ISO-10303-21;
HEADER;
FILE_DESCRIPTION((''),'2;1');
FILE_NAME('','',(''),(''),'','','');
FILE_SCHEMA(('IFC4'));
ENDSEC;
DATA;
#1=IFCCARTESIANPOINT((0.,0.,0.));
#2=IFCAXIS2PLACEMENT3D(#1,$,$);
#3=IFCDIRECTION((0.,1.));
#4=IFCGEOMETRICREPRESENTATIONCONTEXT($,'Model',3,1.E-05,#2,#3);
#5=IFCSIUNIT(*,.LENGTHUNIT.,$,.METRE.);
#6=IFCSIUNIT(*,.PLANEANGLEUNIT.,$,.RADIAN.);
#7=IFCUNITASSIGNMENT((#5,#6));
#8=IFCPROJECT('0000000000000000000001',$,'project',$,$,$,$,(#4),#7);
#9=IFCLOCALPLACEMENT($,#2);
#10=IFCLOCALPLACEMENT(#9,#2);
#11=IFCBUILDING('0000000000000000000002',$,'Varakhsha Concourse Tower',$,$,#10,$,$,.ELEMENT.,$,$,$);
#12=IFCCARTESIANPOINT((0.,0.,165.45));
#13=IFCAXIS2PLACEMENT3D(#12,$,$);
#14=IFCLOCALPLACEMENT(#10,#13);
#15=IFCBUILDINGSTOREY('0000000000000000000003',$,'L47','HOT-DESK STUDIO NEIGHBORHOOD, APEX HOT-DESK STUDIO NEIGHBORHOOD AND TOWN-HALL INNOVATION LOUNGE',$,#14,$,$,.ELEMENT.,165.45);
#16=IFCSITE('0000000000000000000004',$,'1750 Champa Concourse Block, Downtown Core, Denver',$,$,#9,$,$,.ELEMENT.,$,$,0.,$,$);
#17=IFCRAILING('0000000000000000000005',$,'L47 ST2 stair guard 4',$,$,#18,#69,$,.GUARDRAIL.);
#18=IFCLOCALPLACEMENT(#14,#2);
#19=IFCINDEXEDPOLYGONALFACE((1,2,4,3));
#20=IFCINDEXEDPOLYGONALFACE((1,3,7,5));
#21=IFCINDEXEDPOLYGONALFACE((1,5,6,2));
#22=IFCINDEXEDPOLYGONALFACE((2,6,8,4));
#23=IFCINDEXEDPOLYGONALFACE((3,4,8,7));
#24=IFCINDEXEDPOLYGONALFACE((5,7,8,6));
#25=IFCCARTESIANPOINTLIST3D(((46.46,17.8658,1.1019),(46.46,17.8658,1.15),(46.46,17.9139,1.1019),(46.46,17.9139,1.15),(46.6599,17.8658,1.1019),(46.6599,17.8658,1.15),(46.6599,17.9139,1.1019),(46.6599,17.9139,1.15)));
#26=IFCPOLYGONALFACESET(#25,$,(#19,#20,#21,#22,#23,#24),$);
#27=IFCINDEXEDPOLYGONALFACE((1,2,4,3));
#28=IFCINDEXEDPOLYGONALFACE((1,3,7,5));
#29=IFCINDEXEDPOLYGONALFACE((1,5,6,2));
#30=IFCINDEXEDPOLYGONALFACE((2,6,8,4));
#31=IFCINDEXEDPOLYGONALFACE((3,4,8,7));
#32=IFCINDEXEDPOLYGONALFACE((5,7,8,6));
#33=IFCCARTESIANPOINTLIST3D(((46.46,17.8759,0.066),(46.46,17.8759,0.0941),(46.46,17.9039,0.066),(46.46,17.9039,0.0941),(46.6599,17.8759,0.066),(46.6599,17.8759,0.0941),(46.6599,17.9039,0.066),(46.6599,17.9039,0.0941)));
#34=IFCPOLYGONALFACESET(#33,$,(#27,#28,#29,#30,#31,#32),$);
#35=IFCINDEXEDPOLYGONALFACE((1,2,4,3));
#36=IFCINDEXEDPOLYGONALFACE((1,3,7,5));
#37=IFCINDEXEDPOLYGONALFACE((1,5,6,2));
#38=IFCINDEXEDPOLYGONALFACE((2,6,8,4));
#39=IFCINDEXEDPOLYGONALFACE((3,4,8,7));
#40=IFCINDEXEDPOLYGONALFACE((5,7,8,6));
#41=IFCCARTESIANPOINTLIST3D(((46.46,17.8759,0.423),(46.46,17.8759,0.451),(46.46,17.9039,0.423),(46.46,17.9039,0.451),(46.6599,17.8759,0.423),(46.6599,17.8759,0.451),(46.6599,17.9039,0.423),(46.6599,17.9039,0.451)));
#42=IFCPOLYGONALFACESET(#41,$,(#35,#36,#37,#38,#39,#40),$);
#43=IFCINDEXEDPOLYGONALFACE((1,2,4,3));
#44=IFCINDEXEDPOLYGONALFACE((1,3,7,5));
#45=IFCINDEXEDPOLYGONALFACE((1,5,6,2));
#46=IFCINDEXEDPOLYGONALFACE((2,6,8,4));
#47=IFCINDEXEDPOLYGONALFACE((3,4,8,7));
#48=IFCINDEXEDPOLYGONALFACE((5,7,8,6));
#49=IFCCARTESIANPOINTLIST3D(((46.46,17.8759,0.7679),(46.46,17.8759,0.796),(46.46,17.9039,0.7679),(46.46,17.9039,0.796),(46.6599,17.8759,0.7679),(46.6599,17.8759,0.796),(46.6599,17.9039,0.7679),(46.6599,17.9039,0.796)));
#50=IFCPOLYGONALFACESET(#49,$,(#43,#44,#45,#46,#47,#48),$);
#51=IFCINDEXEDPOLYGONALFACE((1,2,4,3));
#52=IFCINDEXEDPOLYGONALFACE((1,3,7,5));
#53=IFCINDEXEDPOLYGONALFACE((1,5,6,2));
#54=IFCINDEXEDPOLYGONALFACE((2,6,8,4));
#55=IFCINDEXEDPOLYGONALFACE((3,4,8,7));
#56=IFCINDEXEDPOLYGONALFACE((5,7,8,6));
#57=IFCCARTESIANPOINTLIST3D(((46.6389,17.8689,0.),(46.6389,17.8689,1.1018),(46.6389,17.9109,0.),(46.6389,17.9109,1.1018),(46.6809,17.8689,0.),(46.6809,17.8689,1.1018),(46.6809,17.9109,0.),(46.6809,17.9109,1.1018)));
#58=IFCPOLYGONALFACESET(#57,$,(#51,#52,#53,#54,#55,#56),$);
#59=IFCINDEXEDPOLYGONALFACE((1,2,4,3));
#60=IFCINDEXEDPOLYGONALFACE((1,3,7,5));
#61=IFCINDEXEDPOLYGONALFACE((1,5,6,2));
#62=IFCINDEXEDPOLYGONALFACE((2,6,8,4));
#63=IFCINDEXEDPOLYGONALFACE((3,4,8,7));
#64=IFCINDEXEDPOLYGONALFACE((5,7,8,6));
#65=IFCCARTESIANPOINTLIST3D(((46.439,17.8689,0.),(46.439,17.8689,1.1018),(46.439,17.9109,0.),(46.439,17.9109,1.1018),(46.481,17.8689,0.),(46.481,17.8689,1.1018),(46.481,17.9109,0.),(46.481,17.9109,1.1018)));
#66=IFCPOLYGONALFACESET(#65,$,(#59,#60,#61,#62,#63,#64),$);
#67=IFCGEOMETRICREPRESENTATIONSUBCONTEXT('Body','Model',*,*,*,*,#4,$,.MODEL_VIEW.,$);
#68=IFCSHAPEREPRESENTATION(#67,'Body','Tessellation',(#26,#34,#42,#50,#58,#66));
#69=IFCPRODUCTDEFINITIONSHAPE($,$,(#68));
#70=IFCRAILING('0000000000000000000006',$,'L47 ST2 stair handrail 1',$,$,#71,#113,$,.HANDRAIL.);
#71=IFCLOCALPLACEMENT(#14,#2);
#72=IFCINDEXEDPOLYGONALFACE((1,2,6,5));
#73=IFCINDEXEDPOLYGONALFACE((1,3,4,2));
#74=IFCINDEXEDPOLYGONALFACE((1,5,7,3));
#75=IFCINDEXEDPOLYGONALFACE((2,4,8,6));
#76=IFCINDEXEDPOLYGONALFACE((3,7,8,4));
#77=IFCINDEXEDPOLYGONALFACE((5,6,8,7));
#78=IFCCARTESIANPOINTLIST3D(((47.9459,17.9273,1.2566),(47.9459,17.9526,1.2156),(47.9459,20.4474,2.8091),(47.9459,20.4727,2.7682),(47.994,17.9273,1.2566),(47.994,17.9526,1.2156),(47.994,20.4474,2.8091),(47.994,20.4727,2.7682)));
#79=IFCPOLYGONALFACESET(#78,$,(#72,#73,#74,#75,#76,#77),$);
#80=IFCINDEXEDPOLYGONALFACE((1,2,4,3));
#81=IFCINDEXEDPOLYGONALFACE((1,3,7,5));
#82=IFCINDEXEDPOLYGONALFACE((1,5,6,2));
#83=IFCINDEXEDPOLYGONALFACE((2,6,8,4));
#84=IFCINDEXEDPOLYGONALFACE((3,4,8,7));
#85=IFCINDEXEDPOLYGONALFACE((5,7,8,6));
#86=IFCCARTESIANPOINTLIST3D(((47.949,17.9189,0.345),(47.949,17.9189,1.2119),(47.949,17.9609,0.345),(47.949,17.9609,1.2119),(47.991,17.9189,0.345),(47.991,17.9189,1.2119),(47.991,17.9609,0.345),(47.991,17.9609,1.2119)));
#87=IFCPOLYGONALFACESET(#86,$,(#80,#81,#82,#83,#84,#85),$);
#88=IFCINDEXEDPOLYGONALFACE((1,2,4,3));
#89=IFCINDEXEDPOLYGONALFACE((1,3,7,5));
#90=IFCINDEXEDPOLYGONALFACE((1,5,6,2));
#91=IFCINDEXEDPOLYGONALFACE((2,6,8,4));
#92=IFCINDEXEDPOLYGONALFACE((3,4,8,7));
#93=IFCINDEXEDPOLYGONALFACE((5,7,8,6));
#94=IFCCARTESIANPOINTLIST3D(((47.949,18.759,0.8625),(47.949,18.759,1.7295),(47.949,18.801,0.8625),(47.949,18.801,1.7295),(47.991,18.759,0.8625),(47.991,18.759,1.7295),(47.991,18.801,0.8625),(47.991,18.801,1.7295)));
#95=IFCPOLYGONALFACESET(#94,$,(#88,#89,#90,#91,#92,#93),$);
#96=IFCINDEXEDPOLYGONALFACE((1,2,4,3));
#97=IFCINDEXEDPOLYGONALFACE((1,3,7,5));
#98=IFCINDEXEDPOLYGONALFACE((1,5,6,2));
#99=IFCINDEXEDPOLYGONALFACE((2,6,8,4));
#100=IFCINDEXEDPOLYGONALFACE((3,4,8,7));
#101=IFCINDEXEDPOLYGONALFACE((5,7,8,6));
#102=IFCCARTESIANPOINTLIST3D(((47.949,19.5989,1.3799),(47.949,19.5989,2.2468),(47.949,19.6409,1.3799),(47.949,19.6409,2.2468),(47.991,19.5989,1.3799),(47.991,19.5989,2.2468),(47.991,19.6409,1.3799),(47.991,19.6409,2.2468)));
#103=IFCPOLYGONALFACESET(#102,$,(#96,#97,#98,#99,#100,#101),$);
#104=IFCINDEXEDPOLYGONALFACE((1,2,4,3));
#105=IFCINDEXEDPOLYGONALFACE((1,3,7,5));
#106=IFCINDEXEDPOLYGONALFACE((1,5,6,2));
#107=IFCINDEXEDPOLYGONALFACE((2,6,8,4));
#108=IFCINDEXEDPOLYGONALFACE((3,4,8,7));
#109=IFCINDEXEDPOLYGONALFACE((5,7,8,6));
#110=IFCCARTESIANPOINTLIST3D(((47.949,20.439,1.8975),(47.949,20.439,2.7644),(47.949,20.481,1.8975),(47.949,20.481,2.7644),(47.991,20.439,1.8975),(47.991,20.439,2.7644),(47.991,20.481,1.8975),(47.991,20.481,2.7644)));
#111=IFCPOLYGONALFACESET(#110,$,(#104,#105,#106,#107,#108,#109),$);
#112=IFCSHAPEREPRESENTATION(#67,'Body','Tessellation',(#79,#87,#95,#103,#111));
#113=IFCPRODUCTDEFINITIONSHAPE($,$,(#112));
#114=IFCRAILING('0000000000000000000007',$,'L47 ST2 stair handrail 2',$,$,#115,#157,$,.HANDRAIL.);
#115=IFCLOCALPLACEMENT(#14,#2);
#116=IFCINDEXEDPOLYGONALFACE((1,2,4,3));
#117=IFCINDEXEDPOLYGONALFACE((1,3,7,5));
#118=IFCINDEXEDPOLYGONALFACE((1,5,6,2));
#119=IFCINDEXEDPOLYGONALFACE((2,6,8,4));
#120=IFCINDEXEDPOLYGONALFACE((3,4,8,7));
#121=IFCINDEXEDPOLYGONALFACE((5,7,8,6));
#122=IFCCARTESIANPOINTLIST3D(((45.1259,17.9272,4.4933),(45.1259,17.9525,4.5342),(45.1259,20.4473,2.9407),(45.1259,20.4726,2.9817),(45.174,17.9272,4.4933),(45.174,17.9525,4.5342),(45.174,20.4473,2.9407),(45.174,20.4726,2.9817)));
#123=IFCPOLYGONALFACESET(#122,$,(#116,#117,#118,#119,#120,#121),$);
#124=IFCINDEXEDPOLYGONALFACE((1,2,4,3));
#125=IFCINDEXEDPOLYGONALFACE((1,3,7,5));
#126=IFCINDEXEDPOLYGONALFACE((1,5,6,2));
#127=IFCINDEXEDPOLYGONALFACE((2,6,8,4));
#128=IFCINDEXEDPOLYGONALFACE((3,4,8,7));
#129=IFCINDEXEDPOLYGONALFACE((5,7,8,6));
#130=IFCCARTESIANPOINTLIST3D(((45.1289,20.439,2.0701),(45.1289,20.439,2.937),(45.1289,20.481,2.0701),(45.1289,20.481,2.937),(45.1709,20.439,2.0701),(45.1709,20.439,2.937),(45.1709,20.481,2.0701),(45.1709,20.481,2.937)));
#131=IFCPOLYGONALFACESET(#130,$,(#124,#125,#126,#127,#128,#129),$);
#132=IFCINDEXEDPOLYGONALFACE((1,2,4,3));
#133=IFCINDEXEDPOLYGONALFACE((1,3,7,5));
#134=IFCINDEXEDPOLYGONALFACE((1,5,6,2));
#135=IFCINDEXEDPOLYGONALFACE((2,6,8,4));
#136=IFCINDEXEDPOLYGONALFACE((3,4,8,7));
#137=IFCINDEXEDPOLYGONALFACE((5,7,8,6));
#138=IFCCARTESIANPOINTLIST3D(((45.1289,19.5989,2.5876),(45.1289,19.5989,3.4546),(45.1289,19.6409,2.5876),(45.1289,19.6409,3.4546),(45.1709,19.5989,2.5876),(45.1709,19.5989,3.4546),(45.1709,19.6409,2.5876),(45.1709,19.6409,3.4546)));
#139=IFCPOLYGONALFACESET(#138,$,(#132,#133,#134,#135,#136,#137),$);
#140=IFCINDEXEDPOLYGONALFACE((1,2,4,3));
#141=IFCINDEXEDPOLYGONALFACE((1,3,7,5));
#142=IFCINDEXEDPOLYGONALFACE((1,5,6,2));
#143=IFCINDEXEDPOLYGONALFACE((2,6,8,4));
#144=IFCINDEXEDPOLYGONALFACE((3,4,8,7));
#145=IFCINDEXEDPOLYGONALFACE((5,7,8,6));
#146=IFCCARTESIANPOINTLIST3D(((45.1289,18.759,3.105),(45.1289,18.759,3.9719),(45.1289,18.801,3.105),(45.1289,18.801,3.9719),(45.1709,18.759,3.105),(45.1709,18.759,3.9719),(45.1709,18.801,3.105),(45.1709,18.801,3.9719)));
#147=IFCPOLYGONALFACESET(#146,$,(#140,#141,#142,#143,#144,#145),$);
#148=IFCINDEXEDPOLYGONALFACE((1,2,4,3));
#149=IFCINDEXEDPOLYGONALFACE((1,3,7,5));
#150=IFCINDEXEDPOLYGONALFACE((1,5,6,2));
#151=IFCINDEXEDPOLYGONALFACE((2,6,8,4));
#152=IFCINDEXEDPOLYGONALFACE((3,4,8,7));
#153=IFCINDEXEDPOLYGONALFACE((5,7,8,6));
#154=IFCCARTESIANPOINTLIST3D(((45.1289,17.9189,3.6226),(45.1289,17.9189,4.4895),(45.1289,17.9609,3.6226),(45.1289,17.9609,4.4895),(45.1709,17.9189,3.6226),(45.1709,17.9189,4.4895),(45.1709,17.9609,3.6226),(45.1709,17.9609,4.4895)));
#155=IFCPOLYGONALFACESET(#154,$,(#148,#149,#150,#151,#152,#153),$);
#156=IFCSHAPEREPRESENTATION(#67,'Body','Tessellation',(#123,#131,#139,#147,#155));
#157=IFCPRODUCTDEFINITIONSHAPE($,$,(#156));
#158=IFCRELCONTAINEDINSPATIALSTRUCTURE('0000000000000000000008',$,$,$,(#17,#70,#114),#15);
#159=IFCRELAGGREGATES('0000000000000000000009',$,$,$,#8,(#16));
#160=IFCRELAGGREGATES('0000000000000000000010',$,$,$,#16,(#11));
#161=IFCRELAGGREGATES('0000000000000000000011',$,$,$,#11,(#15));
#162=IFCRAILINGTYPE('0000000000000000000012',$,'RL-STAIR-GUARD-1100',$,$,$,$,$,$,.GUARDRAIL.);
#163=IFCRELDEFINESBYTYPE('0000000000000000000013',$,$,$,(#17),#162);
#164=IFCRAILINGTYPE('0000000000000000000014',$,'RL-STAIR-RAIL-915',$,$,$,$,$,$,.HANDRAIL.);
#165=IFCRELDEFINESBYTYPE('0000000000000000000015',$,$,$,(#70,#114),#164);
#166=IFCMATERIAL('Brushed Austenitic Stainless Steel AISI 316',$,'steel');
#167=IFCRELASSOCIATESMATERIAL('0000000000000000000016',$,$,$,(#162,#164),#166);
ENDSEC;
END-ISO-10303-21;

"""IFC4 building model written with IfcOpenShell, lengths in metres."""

from ifc_helpers import new_model, si_unit, direction, frame, origin, origin_2d, place, context, subcontext, project, spatial, rectangle, extrude, material, type_object, element, save


model = new_model("IFC4")

# Units and contexts
model_context = context("Model", 3, precision=1e-05, world=origin(), true_north=direction((0.0, 1.0)))
body_context = subcontext(model_context, "Body", "Model", "MODEL_VIEW")
ifc_project = project(units=[si_unit("LENGTHUNIT", "METRE"), si_unit("PLANEANGLEUNIT", "RADIAN")], contexts=[model_context])

# Site, building, storey
site_placement = place(None, origin())
site = spatial("IfcSite", under=ifc_project, at=site_placement, Name="1750 Champa Concourse Block, Downtown Core, Denver", CompositionType="ELEMENT", RefElevation=0.0)
building_placement = place(site_placement, origin())
building = spatial("IfcBuilding", under=site, at=building_placement, Name="Varakhsha Concourse Tower", CompositionType="ELEMENT")
storey_placement = place(building_placement, frame((0.0, 0.0, 165.45)))
storey = spatial("IfcBuildingStorey", under=building, at=storey_placement, Name="L47", Description="HOT-DESK STUDIO NEIGHBORHOOD, APEX HOT-DESK STUDIO NEIGHBORHOOD AND TOWN-HALL INNOVATION LOUNGE", CompositionType="ELEMENT", Elevation=165.45)

# Railings
ifc_material_1 = material(Name="Brushed Austenitic Stainless Steel AISI 316", Category="steel")
railing_type_1 = type_object("IfcRailingType", Name="RL-STAIR-GUARD-1100", PredefinedType="GUARDRAIL", material=ifc_material_1)
railing_1_placement = place(storey_placement, frame((46.6599, 17.8899, 0.0)))
element("IfcRailing", 1, at=railing_1_placement, inside=storey, type_object=railing_type_1, Name="L47 ST2 stair guard 4", PredefinedType="GUARDRAIL", context=body_context, shape_type="SweptSolid", body=[
    extrude(rectangle(XDim=0.0481, YDim=0.0481, at=origin_2d()), frame((0.0, 0.0, 1.126), z_axis=(-1.0, 0.0, 0.0), x_axis=(0.0, -1.0, 0.0)), (0.0, 0.0, 1.0), 0.2),
    extrude(rectangle(XDim=0.0281, YDim=0.0281, at=origin_2d()), frame((0.0, 0.0, 0.0801), z_axis=(-1.0, 0.0, 0.0), x_axis=(0.0, -1.0, 0.0)), (0.0, 0.0, 1.0), 0.2),
    extrude(rectangle(XDim=0.0281, YDim=0.0281, at=origin_2d()), frame((0.0, 0.0, 0.437), z_axis=(-1.0, 0.0, 0.0), x_axis=(0.0, -1.0, 0.0)), (0.0, 0.0, 1.0), 0.2),
    extrude(rectangle(XDim=0.0281, YDim=0.0281, at=origin_2d()), frame((0.0, 0.0, 0.782), z_axis=(-1.0, 0.0, 0.0), x_axis=(0.0, -1.0, 0.0)), (0.0, 0.0, 1.0), 0.2),
    extrude(rectangle(XDim=0.042, YDim=0.042, at=origin_2d()), origin(), (0.0, 0.0, 1.0), 1.1018),
    extrude(rectangle(XDim=0.042, YDim=0.042, at=origin_2d()), frame((-0.2, 0.0, 0.0)), (0.0, 0.0, 1.0), 1.1018),
])
railing_type_2 = type_object("IfcRailingType", Name="RL-STAIR-RAIL-915", PredefinedType="HANDRAIL", material=ifc_material_1)
railing_2_placement = place(storey_placement, frame((47.97, 17.9399, 0.345)))
element("IfcRailing", 2, at=railing_2_placement, inside=storey, type_object=railing_type_2, Name="L47 ST2 stair handrail 1", PredefinedType="HANDRAIL", context=body_context, shape_type="SweptSolid", body=[
    extrude(rectangle(XDim=0.0481, YDim=0.0481, at=origin_2d()), frame((0.0, 0.0, 0.8911), z_axis=(0.0, 0.8514, 0.524516), x_axis=(-1.0, 0.0, 0.0)), (0.0, 0.0, 1.0), 2.96),
    extrude(rectangle(XDim=0.042, YDim=0.042, at=origin_2d()), origin(), (0.0, 0.0, 1.0), 0.8669),
    extrude(rectangle(XDim=0.042, YDim=0.042, at=origin_2d()), frame((0.0, 0.8401, 0.5176)), (0.0, 0.0, 1.0), 0.8669),
    extrude(rectangle(XDim=0.042, YDim=0.042, at=origin_2d()), frame((0.0, 1.6799, 1.0349)), (0.0, 0.0, 1.0), 0.8669),
    extrude(rectangle(XDim=0.042, YDim=0.042, at=origin_2d()), frame((0.0, 2.52, 1.5525)), (0.0, 0.0, 1.0), 0.8669),
])
railing_3_placement = place(storey_placement, frame((45.1499, 20.46, 2.0701)))
element("IfcRailing", 3, at=railing_3_placement, inside=storey, type_object=railing_type_2, Name="L47 ST2 stair handrail 2", PredefinedType="HANDRAIL", context=body_context, shape_type="SweptSolid", body=[
    extrude(rectangle(XDim=0.0481, YDim=0.0481, at=origin_2d()), frame((0.0, 0.0, 0.8911), z_axis=(0.0, -0.8514, 0.524516), x_axis=(1.0, 0.0, 0.0)), (0.0, 0.0, 1.0), 2.96),
    extrude(rectangle(XDim=0.042, YDim=0.042, at=origin_2d()), origin(), (0.0, 0.0, 1.0), 0.8669),
    extrude(rectangle(XDim=0.042, YDim=0.042, at=origin_2d()), frame((0.0, -0.8401, 0.5176)), (0.0, 0.0, 1.0), 0.8669),
    extrude(rectangle(XDim=0.042, YDim=0.042, at=origin_2d()), frame((0.0, -1.6799, 1.0349)), (0.0, 0.0, 1.0), 0.8669),
    extrude(rectangle(XDim=0.042, YDim=0.042, at=origin_2d()), frame((0.0, -2.52, 1.5525)), (0.0, 0.0, 1.0), 0.8669),
])

save(model, "model.ifc")
